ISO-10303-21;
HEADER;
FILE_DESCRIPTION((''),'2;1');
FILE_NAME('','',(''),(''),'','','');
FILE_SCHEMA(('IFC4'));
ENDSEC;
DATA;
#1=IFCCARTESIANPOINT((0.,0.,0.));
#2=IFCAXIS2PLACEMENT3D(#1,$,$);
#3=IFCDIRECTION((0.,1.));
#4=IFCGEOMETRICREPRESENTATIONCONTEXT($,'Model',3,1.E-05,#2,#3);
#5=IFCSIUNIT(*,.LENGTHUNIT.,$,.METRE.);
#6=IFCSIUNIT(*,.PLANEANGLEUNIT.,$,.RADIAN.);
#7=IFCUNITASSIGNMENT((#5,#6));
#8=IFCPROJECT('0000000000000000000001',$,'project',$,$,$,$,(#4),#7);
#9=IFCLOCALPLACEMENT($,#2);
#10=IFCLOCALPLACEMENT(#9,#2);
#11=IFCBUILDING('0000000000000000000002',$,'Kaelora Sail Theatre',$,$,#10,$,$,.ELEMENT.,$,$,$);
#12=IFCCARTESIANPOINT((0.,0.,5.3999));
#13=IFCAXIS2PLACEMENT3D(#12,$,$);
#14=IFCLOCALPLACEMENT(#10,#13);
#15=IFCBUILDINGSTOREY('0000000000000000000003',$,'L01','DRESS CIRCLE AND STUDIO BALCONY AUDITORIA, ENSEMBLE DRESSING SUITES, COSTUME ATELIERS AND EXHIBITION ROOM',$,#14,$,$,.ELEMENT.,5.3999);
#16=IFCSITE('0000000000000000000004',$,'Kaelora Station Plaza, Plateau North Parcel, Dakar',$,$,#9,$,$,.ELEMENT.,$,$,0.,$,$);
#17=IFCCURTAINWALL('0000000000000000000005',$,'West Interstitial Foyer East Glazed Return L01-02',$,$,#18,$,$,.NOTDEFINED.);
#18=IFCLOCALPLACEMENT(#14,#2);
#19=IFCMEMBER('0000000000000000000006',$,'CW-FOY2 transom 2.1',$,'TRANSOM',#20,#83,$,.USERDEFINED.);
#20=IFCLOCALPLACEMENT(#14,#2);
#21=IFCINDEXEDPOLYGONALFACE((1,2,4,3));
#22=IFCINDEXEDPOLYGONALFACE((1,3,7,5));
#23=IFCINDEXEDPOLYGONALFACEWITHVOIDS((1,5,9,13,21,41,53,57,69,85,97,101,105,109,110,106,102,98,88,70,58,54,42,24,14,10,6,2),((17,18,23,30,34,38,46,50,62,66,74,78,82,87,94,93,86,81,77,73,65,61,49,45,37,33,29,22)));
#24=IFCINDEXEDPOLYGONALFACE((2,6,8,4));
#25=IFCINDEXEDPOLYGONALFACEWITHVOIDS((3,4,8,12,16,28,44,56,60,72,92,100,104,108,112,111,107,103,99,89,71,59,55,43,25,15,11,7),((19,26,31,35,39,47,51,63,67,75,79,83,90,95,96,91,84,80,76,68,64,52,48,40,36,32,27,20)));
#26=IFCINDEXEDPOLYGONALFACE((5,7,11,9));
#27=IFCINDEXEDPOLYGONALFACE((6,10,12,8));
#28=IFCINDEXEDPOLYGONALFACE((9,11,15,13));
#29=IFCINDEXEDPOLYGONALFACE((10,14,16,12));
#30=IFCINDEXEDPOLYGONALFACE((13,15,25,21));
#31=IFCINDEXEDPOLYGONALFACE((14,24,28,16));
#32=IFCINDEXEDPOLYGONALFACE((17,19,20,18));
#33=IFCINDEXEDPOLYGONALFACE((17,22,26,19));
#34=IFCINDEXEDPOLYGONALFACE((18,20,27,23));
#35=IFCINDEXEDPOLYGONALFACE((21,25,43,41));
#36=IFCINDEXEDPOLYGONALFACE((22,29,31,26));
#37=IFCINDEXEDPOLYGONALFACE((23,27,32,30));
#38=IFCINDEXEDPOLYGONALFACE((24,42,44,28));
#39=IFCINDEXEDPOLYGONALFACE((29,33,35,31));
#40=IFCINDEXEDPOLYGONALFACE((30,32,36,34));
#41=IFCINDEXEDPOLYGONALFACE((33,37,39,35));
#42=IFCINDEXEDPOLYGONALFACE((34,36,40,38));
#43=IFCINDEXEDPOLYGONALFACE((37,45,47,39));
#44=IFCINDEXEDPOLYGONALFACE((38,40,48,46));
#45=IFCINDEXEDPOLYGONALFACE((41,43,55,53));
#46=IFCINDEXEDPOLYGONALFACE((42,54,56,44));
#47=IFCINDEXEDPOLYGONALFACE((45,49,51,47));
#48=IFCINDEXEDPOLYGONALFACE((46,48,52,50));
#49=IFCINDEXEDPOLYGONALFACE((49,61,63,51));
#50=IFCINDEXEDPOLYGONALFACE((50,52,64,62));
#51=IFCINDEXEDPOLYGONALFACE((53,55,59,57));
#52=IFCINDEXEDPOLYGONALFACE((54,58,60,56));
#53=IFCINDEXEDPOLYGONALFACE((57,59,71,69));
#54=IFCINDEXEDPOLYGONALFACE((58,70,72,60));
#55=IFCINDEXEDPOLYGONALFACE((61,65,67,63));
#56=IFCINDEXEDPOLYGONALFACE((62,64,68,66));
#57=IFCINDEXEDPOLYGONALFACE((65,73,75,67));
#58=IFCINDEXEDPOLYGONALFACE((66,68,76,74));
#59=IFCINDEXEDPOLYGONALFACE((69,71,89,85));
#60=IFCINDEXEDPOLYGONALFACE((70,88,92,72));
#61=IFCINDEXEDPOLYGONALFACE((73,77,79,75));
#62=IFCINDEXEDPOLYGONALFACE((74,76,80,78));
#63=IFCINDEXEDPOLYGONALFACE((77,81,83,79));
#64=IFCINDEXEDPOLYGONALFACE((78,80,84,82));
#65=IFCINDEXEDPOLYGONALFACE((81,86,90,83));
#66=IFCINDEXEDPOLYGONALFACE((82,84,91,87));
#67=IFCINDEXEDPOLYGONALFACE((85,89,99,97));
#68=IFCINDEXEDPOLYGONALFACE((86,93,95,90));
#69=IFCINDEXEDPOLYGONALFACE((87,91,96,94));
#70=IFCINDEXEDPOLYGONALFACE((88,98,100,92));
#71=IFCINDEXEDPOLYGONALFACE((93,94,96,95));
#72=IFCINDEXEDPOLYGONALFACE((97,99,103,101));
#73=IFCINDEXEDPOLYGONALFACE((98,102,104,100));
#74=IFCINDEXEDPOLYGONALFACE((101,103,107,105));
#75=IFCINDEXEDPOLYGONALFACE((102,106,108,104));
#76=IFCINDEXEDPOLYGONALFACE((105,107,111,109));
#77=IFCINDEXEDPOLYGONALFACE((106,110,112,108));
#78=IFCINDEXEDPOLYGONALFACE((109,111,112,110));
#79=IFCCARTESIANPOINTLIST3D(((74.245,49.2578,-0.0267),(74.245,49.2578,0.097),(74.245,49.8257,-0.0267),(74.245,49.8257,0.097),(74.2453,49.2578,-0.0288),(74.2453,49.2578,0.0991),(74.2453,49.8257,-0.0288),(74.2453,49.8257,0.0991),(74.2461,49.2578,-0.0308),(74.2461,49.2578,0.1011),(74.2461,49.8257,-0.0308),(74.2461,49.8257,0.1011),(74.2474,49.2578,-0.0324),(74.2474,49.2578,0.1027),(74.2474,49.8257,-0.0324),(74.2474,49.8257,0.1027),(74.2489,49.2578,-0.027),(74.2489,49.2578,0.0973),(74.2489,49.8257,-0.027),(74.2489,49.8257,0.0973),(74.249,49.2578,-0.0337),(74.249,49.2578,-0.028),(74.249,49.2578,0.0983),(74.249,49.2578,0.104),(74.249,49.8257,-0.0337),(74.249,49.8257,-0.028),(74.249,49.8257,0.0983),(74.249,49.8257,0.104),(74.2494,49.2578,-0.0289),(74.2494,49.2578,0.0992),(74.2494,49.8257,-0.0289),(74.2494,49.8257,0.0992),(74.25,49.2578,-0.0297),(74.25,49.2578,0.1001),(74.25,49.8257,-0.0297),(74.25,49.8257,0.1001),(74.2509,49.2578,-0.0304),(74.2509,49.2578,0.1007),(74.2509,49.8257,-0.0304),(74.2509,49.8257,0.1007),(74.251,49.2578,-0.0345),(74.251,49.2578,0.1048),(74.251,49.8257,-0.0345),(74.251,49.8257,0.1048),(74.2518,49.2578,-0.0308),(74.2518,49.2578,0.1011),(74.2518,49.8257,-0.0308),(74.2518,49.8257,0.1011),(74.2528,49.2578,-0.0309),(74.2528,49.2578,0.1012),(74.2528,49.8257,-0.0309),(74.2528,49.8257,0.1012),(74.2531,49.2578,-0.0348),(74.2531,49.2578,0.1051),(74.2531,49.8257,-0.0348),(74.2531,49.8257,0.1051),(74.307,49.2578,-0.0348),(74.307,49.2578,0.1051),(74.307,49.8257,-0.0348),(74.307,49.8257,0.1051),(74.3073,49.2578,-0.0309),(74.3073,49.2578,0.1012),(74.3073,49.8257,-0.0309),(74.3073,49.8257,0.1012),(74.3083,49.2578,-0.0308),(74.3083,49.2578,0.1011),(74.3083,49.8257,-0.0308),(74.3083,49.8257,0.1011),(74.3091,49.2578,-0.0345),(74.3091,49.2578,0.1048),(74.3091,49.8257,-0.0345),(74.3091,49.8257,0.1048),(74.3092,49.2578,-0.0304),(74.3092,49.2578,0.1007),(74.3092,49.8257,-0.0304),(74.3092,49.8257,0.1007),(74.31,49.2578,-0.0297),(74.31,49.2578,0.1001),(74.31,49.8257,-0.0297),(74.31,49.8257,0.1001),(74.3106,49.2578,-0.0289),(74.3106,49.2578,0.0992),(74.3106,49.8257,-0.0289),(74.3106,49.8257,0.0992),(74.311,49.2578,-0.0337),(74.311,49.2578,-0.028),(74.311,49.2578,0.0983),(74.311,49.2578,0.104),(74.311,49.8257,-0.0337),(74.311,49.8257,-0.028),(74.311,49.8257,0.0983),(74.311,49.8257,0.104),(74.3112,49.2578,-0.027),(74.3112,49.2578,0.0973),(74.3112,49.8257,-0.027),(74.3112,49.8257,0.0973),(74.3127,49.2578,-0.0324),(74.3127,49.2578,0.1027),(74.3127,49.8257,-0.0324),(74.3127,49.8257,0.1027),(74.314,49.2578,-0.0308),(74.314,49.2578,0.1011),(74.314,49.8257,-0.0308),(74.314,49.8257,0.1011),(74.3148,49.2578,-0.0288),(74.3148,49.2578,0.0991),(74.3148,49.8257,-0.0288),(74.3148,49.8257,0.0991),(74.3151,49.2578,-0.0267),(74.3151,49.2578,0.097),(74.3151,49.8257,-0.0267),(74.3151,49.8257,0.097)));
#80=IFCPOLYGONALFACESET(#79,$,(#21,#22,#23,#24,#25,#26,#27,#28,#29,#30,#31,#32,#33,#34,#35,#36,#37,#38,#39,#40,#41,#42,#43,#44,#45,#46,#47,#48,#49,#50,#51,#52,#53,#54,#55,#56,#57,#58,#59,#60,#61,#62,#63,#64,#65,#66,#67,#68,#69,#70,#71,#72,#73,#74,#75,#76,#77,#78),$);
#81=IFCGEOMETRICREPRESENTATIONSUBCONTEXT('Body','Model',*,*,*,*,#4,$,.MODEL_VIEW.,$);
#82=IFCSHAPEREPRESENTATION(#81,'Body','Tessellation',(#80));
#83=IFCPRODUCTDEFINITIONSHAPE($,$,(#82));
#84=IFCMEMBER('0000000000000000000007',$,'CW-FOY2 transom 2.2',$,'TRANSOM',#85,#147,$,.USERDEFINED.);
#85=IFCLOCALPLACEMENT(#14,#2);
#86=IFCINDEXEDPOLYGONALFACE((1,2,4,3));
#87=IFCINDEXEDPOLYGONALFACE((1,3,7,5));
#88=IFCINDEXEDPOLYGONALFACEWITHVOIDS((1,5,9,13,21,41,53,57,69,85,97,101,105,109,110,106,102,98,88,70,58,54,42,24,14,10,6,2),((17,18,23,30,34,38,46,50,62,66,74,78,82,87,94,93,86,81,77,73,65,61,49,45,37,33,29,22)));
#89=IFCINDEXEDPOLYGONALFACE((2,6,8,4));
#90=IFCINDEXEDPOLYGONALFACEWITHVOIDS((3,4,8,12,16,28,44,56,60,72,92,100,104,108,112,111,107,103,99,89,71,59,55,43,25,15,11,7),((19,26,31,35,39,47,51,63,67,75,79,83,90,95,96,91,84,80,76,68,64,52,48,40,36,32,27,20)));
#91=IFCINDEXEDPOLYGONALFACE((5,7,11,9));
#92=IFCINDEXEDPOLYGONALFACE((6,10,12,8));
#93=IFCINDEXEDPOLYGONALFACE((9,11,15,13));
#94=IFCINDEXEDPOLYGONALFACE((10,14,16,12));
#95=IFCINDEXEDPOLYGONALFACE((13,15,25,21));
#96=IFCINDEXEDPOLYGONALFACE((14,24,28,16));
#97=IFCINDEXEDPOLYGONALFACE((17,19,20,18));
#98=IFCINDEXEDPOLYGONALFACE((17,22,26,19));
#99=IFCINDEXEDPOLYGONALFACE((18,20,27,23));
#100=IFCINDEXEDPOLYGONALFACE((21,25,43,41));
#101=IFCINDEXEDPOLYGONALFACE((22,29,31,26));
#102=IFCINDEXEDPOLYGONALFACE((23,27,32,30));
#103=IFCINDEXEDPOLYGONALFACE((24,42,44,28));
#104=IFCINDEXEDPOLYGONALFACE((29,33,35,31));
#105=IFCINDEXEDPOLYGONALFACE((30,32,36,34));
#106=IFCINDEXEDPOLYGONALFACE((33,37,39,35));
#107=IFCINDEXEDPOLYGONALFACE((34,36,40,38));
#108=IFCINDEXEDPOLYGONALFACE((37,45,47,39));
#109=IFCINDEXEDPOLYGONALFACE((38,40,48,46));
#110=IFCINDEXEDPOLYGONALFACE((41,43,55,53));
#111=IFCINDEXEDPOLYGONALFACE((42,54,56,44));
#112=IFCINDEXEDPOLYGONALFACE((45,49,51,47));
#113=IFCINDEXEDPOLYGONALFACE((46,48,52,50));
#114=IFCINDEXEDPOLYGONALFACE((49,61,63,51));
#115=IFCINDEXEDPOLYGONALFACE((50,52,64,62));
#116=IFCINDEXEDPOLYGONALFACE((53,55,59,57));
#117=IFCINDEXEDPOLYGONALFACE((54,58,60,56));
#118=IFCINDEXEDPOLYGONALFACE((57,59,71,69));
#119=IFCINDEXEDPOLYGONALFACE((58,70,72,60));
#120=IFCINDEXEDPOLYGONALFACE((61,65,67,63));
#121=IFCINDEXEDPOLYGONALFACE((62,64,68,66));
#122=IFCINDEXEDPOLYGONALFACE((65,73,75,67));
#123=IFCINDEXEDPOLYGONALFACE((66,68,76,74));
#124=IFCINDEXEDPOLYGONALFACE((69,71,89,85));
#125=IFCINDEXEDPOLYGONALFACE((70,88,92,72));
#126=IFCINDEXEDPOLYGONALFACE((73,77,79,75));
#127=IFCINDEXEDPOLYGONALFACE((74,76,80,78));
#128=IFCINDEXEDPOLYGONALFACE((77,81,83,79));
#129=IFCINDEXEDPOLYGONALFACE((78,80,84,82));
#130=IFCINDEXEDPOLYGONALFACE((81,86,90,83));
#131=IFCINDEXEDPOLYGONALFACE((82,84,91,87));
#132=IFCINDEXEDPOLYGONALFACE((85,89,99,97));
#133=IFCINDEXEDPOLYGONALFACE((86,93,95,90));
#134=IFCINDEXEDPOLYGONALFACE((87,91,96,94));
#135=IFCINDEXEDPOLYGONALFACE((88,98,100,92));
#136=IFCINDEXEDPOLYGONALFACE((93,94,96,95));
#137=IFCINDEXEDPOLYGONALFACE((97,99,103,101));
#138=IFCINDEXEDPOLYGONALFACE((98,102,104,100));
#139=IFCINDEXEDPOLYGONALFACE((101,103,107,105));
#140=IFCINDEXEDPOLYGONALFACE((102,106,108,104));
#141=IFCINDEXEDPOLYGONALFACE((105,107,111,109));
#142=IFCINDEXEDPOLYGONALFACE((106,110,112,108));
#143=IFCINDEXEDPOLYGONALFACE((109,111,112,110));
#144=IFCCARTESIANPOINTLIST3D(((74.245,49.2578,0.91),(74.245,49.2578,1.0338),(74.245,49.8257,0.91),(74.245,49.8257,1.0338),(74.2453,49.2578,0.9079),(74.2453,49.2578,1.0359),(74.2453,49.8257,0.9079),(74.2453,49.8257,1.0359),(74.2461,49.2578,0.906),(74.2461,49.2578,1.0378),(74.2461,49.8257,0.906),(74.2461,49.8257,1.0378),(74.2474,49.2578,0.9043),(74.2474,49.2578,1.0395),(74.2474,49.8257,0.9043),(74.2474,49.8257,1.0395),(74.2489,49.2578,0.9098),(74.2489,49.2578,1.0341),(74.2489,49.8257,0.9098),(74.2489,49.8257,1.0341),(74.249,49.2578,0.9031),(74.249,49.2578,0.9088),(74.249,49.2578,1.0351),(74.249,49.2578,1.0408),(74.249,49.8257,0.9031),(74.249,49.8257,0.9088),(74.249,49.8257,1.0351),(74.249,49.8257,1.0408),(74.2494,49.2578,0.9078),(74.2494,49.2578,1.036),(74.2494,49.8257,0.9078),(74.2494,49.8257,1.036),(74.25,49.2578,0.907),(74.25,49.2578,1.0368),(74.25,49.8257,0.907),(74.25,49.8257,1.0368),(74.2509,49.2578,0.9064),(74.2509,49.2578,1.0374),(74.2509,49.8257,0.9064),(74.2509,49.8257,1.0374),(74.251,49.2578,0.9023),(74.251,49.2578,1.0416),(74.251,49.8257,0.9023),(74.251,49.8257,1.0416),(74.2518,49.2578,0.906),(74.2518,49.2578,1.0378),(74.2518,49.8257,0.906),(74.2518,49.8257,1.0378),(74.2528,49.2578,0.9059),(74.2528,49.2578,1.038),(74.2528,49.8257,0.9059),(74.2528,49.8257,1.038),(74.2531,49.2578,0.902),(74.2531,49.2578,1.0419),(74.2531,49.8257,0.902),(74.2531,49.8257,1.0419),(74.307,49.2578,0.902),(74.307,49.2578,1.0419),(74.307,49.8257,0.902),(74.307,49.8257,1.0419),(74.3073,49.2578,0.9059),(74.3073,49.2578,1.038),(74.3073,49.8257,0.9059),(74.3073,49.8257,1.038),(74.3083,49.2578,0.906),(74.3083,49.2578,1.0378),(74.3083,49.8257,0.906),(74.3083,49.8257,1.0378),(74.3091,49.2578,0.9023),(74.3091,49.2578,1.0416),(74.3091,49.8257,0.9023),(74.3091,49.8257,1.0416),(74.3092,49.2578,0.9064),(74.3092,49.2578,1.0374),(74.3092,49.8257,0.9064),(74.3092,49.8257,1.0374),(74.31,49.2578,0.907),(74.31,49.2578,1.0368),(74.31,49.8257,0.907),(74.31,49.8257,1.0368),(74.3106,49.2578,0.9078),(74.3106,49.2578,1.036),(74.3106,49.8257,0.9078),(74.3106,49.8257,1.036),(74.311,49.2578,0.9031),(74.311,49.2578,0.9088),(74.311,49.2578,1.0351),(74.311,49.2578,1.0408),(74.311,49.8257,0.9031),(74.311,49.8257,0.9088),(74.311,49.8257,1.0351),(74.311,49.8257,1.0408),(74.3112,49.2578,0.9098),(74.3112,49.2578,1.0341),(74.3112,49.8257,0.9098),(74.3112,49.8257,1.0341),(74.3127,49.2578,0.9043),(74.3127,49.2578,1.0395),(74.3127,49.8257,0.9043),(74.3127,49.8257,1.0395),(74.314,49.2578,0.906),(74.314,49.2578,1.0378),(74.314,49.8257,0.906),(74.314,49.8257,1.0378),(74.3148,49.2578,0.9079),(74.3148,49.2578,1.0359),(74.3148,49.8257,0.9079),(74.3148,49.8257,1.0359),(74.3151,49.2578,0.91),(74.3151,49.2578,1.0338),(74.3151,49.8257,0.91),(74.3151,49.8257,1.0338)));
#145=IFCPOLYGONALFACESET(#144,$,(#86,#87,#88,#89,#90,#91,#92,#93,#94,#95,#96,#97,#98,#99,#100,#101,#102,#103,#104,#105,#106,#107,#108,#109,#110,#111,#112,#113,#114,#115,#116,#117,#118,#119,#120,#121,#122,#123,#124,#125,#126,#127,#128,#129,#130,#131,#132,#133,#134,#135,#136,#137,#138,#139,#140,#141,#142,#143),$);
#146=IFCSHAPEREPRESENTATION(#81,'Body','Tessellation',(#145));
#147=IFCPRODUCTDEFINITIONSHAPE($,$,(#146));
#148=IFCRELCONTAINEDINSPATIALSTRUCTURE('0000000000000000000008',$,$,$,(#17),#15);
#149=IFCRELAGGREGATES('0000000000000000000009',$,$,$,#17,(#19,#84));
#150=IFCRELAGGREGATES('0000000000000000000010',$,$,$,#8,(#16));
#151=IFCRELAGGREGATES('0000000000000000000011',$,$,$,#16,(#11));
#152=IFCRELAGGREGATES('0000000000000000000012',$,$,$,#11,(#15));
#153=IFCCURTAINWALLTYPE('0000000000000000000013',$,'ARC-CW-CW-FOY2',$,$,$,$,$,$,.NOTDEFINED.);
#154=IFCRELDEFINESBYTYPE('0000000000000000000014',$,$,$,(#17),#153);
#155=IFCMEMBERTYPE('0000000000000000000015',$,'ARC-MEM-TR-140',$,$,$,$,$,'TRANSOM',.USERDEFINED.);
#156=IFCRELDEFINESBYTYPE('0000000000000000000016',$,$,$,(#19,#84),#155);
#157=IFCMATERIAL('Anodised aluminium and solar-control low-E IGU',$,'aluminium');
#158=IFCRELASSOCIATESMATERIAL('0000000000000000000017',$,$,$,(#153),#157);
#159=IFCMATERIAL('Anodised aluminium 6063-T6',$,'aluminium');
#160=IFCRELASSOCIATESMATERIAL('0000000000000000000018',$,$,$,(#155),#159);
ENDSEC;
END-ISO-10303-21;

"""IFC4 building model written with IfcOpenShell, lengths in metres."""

from ifc_helpers import new_model, si_unit, direction, frame, origin, origin_2d, place, context, subcontext, project, spatial, hollow_rectangle, extrude, material, material_profile, profile_set, type_object, element, aggregate, save


model = new_model("IFC4")

# Units and contexts
model_context = context("Model", 3, precision=1e-05, world=origin(), true_north=direction((0.0, 1.0)))
body_context = subcontext(model_context, "Body", "Model", "MODEL_VIEW")
ifc_project = project(units=[si_unit("LENGTHUNIT", "METRE"), si_unit("PLANEANGLEUNIT", "RADIAN")], contexts=[model_context])

# Site, building, storey
site_placement = place(None, origin())
site = spatial("IfcSite", under=ifc_project, at=site_placement, Name="Kaelora Station Plaza, Plateau North Parcel, Dakar", CompositionType="ELEMENT", RefElevation=0.0)
building_placement = place(site_placement, origin())
building = spatial("IfcBuilding", under=site, at=building_placement, Name="Kaelora Sail Theatre", CompositionType="ELEMENT")
storey_placement = place(building_placement, frame((0.0, 0.0, 5.3999)))
storey = spatial("IfcBuildingStorey", under=building, at=storey_placement, Name="L01", Description="DRESS CIRCLE AND STUDIO BALCONY AUDITORIA, ENSEMBLE DRESSING SUITES, COSTUME ATELIERS AND EXHIBITION ROOM", CompositionType="ELEMENT", Elevation=5.3999)

# Shared definitions
ifc_material_1 = material(Name="Anodised aluminium and solar-control low-E IGU", Category="aluminium")
curtain_wall_type = type_object("IfcCurtainWallType", Name="ARC-CW-CW-FOY2", PredefinedType="NOTDEFINED", material=ifc_material_1)

# Curtain wall, members
curtain_wall_1_placement = place(storey_placement, origin())
curtain_wall_1 = element("IfcCurtainWall", 1, at=curtain_wall_1_placement, inside=storey, type_object=curtain_wall_type, Name="West Interstitial Foyer East Glazed Return L01-02", PredefinedType="NOTDEFINED")
ifc_material_2 = material(Name="Anodised aluminium 6063-T6", Category="aluminium")
ifc_material_profile_1 = material_profile(ifc_material_2, hollow_rectangle(XDim=0.0701, YDim=0.1399, WallThickness=0.0039, InnerFilletRadius=0.0039, OuterFilletRadius=0.0081, at=origin_2d()), Name="ALU-TRAN 70x140x4")
ifc_profile_set_1 = profile_set([ifc_material_profile_1], Name="Anodised aluminium 6063-T6")
member_type_1 = type_object("IfcMemberType", Name="ARC-MEM-TR-140", ElementType="TRANSOM", PredefinedType="USERDEFINED", material=ifc_profile_set_1)
member_1_placement = place(storey_placement, frame((74.28, 49.2578, 0.0352), z_axis=(0.0, 1.0, 0.0), x_axis=(-1.0, 0.0, 0.0)))
member_1 = element("IfcMember", 2, at=member_1_placement, type_object=member_type_1, Name="CW-FOY2 transom 2.1", ObjectType="TRANSOM", PredefinedType="USERDEFINED", context=body_context, shape_type="SweptSolid", body=[
    extrude(hollow_rectangle(XDim=0.0701, YDim=0.1399, WallThickness=0.0039, InnerFilletRadius=0.0039, OuterFilletRadius=0.0081, at=origin_2d()), origin(), (0.0, 0.0, 1.0), 0.5679),
])
member_2_placement = place(storey_placement, frame((74.28, 49.2578, 0.9719), z_axis=(0.0, 1.0, 0.0), x_axis=(-1.0, 0.0, 0.0)))
member_2 = element("IfcMember", 3, at=member_2_placement, type_object=member_type_1, Name="CW-FOY2 transom 2.2", ObjectType="TRANSOM", PredefinedType="USERDEFINED", context=body_context, shape_type="SweptSolid", body=[
    extrude(hollow_rectangle(XDim=0.0701, YDim=0.1399, WallThickness=0.0039, InnerFilletRadius=0.0039, OuterFilletRadius=0.0081, at=origin_2d()), origin(), (0.0, 0.0, 1.0), 0.5679),
])
aggregate(curtain_wall_1, [member_1, member_2])

save(model, "model.ifc")
